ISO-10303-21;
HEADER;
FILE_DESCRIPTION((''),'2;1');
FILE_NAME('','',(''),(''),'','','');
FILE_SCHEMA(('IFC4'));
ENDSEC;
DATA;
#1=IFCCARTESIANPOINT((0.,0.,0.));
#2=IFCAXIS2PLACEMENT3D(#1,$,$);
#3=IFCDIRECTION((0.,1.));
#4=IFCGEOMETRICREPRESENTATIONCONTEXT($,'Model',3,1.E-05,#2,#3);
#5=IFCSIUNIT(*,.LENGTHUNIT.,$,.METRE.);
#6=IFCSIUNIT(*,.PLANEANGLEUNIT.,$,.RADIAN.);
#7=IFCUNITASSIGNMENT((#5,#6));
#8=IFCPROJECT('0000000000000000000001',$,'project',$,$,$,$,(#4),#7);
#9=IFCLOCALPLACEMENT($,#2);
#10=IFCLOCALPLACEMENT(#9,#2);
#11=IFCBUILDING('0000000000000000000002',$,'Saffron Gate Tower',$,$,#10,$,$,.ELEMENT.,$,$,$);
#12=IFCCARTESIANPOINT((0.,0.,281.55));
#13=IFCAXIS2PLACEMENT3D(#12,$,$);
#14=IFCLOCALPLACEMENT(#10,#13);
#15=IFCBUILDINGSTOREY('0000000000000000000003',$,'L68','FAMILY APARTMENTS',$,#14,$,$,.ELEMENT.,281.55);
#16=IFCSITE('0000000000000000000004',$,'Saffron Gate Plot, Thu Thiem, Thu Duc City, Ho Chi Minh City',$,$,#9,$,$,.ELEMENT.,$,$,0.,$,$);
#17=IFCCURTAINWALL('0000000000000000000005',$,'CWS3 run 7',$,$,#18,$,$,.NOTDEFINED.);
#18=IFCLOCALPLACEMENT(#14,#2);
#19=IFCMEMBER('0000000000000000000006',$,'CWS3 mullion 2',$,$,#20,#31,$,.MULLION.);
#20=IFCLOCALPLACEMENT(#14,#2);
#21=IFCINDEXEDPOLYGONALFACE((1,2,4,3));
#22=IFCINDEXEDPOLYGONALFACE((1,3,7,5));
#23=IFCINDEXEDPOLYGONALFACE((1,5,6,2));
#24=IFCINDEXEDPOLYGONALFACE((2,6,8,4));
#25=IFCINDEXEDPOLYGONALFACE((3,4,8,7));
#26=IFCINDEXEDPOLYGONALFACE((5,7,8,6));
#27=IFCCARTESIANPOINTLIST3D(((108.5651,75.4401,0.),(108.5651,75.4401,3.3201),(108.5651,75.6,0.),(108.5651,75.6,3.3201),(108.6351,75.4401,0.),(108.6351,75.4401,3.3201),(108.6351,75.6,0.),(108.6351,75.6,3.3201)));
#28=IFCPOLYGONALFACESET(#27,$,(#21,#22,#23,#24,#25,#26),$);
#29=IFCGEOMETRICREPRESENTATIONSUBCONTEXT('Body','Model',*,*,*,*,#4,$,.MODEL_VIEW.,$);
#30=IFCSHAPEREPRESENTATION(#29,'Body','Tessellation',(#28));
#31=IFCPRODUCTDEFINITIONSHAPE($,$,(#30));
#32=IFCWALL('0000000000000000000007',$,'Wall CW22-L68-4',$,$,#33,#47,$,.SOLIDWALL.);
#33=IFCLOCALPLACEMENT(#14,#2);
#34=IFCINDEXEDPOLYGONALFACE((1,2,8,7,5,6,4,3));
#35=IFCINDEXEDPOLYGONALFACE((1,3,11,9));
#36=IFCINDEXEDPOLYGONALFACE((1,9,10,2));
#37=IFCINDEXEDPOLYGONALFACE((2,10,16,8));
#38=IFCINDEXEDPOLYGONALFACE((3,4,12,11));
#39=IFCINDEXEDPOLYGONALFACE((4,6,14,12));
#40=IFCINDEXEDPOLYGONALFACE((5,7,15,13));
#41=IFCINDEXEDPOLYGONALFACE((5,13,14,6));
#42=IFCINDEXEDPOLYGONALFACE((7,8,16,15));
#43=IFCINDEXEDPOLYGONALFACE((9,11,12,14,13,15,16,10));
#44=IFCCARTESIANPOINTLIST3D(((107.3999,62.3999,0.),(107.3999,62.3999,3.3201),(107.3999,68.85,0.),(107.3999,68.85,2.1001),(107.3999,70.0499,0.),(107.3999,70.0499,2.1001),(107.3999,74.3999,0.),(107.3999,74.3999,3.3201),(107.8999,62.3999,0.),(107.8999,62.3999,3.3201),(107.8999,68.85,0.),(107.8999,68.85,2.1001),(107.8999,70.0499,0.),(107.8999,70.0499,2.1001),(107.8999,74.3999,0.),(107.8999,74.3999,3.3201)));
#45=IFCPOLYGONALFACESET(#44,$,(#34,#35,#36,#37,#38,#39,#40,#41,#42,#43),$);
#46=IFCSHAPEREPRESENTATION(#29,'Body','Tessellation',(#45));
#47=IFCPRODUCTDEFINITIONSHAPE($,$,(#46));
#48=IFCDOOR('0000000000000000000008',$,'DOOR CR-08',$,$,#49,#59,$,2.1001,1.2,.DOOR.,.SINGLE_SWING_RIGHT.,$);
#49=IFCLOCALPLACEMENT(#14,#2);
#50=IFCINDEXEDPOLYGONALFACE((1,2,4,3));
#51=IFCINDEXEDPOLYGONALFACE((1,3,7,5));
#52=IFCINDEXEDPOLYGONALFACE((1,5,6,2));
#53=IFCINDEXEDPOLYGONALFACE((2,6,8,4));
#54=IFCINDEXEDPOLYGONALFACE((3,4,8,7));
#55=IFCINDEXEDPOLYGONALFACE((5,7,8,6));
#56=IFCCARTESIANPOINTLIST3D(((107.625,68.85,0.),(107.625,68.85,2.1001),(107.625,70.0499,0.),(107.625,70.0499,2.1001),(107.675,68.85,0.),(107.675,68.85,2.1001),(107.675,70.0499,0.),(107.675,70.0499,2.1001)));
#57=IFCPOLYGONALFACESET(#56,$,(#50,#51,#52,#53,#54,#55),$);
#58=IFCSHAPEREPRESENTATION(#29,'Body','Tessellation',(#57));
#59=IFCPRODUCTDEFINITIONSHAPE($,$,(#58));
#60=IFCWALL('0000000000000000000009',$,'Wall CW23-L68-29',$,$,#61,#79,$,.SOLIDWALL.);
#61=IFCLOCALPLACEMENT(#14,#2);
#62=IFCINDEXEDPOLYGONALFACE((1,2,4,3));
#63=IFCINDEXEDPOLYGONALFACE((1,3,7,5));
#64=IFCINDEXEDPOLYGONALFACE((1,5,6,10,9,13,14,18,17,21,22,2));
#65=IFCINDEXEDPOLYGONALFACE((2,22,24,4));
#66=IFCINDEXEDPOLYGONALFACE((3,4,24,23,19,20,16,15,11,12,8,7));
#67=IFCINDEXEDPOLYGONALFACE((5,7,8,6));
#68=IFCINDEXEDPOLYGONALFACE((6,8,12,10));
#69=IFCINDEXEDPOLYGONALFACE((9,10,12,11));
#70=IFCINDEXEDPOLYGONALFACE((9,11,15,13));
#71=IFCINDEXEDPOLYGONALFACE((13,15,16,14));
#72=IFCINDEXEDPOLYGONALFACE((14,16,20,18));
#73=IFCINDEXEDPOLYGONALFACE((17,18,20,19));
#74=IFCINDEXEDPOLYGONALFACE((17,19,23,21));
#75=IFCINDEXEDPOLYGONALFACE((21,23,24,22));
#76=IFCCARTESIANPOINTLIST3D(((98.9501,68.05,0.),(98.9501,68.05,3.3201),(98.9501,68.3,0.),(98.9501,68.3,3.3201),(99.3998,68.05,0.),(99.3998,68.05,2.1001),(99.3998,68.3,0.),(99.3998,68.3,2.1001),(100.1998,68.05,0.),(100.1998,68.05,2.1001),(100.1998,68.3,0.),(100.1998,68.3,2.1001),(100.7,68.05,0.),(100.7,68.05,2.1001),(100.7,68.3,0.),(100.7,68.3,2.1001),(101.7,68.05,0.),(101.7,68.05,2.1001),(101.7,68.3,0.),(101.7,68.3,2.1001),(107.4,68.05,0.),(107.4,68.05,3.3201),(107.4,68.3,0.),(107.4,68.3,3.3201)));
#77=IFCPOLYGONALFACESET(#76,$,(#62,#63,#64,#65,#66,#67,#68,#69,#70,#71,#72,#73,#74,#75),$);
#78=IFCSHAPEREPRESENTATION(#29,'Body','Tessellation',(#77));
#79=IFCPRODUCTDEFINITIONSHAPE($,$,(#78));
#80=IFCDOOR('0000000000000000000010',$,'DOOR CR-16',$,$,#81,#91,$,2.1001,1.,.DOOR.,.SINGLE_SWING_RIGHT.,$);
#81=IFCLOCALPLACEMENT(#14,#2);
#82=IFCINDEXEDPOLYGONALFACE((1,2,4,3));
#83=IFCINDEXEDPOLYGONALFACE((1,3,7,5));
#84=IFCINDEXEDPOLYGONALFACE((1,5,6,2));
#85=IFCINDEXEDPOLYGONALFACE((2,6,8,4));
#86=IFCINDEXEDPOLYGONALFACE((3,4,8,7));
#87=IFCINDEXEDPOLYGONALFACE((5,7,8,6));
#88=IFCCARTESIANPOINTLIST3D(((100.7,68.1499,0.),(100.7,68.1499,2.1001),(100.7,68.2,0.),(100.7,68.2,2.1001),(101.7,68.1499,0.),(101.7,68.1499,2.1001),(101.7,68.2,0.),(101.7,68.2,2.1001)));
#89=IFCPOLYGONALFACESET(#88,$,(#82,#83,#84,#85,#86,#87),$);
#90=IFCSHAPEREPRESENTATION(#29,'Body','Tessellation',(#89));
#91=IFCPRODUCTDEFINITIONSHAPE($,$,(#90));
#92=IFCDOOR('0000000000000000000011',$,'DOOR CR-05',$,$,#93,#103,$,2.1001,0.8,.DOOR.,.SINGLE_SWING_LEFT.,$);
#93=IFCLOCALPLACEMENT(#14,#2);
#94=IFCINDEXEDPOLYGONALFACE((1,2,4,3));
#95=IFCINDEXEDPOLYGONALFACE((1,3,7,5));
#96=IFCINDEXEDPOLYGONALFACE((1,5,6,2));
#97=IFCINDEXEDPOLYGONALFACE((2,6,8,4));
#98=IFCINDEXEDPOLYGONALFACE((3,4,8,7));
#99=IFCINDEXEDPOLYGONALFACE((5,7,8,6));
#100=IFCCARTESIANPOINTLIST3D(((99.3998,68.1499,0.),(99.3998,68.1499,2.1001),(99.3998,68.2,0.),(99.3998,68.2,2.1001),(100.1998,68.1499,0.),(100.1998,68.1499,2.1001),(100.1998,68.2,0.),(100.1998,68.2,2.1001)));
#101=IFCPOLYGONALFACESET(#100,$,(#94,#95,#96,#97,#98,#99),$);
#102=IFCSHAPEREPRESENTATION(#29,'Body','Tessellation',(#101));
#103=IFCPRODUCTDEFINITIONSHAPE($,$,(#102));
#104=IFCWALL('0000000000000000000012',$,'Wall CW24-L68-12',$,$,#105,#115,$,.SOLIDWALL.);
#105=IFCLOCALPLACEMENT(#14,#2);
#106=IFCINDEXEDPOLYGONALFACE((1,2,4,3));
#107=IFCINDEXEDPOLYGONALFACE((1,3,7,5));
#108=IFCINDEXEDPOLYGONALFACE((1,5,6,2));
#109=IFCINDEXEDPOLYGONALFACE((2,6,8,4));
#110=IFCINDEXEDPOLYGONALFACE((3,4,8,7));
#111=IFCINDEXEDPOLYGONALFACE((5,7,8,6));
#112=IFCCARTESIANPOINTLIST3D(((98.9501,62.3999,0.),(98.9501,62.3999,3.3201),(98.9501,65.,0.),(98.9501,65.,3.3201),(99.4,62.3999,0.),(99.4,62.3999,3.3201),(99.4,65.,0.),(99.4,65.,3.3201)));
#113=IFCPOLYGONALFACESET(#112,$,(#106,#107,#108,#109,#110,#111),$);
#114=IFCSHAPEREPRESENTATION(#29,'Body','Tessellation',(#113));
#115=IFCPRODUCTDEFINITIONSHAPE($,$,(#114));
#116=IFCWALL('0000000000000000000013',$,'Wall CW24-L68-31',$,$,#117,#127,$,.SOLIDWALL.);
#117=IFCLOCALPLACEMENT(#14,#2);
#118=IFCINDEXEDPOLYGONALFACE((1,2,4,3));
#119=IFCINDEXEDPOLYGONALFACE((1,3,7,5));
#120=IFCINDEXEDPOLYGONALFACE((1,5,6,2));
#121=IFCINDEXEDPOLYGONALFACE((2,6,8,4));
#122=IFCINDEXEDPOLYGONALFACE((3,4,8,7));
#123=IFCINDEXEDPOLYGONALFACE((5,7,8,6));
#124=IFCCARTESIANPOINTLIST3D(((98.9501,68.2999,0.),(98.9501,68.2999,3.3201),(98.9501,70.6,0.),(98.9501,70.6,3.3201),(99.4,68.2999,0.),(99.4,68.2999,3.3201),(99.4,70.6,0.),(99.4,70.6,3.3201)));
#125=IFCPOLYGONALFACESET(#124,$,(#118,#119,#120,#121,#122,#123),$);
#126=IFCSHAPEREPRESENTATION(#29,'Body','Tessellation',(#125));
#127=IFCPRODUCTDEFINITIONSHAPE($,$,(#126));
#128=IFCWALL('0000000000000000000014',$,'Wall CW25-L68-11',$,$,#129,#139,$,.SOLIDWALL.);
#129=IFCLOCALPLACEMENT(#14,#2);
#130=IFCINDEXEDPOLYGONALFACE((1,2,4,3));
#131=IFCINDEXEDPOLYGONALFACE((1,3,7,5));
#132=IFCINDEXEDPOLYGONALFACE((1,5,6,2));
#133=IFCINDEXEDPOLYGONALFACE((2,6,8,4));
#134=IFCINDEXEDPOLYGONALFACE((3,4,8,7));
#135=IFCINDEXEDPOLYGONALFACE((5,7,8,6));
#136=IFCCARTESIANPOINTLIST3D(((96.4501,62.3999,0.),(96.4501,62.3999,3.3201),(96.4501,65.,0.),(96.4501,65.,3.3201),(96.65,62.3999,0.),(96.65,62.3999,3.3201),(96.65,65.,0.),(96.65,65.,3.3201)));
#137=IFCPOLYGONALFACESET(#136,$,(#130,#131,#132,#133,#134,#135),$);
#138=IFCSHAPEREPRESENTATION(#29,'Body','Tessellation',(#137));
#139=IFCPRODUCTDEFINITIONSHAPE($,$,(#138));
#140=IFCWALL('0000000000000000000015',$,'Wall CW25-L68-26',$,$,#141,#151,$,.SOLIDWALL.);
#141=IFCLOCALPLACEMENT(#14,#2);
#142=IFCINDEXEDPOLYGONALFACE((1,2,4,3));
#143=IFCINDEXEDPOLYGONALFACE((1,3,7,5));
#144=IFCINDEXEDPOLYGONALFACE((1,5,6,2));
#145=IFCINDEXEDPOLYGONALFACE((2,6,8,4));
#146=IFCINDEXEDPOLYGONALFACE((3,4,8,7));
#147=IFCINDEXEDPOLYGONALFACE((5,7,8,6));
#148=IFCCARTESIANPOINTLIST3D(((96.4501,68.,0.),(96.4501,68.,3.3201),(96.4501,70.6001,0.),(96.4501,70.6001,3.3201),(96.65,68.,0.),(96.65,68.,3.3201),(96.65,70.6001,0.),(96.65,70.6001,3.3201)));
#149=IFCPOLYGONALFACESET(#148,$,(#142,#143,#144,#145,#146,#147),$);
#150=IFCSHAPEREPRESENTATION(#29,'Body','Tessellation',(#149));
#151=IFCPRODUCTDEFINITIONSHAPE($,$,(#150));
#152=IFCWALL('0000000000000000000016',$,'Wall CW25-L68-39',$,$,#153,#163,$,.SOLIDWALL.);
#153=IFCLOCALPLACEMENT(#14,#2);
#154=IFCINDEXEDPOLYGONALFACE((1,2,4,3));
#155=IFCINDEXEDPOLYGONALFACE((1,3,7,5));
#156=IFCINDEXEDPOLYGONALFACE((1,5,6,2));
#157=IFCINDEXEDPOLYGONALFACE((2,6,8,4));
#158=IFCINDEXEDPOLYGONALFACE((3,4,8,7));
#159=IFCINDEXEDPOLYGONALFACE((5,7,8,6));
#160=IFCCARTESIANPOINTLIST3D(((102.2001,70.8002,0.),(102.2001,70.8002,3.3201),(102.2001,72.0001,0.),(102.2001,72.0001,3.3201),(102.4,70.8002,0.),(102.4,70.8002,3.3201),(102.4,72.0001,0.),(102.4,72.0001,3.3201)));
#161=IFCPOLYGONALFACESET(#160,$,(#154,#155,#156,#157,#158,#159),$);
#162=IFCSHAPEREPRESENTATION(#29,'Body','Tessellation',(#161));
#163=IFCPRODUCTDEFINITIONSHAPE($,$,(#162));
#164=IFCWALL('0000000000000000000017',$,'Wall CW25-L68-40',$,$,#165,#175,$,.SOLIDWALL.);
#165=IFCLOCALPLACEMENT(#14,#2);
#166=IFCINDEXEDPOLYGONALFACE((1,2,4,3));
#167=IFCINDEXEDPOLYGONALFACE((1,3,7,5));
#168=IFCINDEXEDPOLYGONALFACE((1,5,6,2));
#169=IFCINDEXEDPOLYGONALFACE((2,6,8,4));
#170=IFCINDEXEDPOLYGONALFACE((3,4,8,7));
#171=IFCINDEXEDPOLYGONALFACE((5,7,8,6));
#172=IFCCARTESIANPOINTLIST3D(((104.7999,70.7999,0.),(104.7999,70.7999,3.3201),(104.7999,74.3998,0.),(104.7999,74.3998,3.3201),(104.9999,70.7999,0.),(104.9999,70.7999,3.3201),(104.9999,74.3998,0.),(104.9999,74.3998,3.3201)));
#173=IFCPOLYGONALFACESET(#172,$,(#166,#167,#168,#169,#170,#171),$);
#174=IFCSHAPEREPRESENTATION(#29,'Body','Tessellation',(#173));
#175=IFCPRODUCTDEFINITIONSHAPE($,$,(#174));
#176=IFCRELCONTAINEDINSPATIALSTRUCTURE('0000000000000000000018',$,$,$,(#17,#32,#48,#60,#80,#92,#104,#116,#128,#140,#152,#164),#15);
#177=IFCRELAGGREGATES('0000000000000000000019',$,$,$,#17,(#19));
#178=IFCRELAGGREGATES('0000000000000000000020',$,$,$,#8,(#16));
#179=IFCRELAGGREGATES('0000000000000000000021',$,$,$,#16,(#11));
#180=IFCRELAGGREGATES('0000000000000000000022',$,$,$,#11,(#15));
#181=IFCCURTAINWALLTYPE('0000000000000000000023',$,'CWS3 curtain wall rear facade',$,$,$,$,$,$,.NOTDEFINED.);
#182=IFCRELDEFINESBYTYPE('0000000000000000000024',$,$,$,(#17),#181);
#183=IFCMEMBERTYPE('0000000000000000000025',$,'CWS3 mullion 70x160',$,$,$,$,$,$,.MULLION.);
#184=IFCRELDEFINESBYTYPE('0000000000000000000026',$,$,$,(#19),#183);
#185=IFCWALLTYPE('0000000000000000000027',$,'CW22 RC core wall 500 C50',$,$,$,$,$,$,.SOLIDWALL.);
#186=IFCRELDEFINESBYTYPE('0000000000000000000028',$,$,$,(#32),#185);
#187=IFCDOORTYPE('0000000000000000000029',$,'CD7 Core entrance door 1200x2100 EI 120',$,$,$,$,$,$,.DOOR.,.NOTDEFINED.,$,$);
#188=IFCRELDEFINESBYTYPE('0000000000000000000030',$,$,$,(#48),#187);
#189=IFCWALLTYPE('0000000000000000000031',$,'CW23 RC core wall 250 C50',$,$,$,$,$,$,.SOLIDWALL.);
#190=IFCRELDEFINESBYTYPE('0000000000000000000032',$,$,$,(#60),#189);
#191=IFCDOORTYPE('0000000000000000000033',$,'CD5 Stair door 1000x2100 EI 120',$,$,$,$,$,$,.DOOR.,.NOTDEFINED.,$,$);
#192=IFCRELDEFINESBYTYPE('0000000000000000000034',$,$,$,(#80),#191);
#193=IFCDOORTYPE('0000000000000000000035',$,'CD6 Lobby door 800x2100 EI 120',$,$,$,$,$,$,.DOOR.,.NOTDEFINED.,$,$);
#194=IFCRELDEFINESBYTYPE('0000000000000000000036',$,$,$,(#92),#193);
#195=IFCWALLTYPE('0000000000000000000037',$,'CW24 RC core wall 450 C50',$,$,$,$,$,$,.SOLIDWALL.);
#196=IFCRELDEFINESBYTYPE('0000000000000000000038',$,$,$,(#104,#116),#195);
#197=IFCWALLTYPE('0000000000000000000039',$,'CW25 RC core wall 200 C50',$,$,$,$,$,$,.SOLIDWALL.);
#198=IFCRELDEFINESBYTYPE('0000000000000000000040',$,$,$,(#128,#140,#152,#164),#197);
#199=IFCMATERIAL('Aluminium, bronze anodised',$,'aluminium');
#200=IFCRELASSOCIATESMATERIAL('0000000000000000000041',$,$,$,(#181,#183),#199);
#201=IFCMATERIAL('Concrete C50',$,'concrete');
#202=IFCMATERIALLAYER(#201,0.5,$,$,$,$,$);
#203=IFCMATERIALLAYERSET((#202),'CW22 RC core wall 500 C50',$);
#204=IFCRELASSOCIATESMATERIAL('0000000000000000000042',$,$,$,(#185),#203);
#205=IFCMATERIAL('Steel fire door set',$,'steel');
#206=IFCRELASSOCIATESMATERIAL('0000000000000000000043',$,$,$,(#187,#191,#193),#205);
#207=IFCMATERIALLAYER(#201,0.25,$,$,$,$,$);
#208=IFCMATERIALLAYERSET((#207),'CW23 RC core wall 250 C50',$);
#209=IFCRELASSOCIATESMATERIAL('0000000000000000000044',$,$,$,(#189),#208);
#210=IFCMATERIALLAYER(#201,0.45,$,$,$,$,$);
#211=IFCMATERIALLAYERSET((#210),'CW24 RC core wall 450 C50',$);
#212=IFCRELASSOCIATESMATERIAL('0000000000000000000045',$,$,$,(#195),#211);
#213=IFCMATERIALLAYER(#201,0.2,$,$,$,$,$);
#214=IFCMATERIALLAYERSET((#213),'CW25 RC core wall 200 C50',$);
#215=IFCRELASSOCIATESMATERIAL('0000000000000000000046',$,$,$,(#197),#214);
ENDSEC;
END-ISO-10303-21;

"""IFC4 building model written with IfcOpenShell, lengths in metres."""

from ifc_helpers import new_model, si_unit, direction, frame, frame_2d, origin, origin_2d, place, context, subcontext, project, spatial, rectangle, extrude, material, layer, layer_set, material_profile, profile_set, type_object, element, fill, aggregate, save


model = new_model("IFC4")

# Units and contexts
model_context = context("Model", 3, precision=1e-05, world=origin(), true_north=direction((0.0, 1.0)))
body_context = subcontext(model_context, "Body", "Model", "MODEL_VIEW")
ifc_project = project(units=[si_unit("LENGTHUNIT", "METRE"), si_unit("PLANEANGLEUNIT", "RADIAN")], contexts=[model_context])

# Site, building, storey
site_placement = place(None, origin())
site = spatial("IfcSite", under=ifc_project, at=site_placement, Name="Saffron Gate Plot, Thu Thiem, Thu Duc City, Ho Chi Minh City", CompositionType="ELEMENT", RefElevation=0.0)
building_placement = place(site_placement, origin())
building = spatial("IfcBuilding", under=site, at=building_placement, Name="Saffron Gate Tower", CompositionType="ELEMENT")
storey_placement = place(building_placement, frame((0.0, 0.0, 281.55)))
storey = spatial("IfcBuildingStorey", under=building, at=storey_placement, Name="L68", Description="FAMILY APARTMENTS", CompositionType="ELEMENT", Elevation=281.55)

# Curtain wall, member
ifc_material_1 = material(Name="Aluminium, bronze anodised", Category="aluminium")
curtain_wall_type = type_object("IfcCurtainWallType", Name="CWS3 curtain wall rear facade", PredefinedType="NOTDEFINED", material=ifc_material_1)
curtain_wall_placement = place(storey_placement, origin())
curtain_wall = element("IfcCurtainWall", 1, at=curtain_wall_placement, inside=storey, type_object=curtain_wall_type, Name="CWS3 run 7", PredefinedType="NOTDEFINED")
ifc_material_profile = material_profile(ifc_material_1, rectangle(XDim=0.1599, YDim=0.0701, at=origin_2d()))
ifc_profile_set = profile_set([ifc_material_profile], Name="Aluminium, bronze anodised")
member_type = type_object("IfcMemberType", Name="CWS3 mullion 70x160", PredefinedType="MULLION", material=ifc_profile_set)
member_placement = place(storey_placement, frame((108.6001, 75.52, 0.0), z_axis=(0.0, 0.0, 1.0), x_axis=(0.0, -1.0, 0.0)))
member = element("IfcMember", 2, at=member_placement, type_object=member_type, Name="CWS3 mullion 2", PredefinedType="MULLION", context=body_context, shape_type="SweptSolid", body=[
    extrude(rectangle(XDim=0.1599, YDim=0.0701, at=origin_2d()), origin(), (0.0, 0.0, 1.0), 3.3201),
])
aggregate(curtain_wall, [member])

# Wall, opening, door
ifc_material_2 = material(Name="Concrete C50", Category="concrete")
ifc_layer_1 = layer(ifc_material_2, 0.5)
ifc_layer_set_1 = layer_set([ifc_layer_1], Name="CW22 RC core wall 500 C50")
wall_type_1 = type_object("IfcWallType", Name="CW22 RC core wall 500 C50", PredefinedType="SOLIDWALL", material=ifc_layer_set_1)
wall_1_placement = place(storey_placement, frame((107.6499, 62.3999, 0.0), z_axis=(0.0, 0.0, 1.0), x_axis=(0.0, 1.0, 0.0)))
wall_1 = element("IfcWall", 3, at=wall_1_placement, inside=storey, type_object=wall_type_1, Name="Wall CW22-L68-4", PredefinedType="SOLIDWALL", context=body_context, shape_type="SweptSolid", body=[
    extrude(rectangle(XDim=12.0, YDim=0.5, at=frame_2d((6.0, 0.0))), origin(), (0.0, 0.0, 1.0), 3.3201),
])
opening_1_placement = place(wall_1_placement, frame((6.45, 0.0, 0.0)))
opening_1 = element("IfcOpeningElement", 4, at=opening_1_placement, cuts=wall_1, PredefinedType="OPENING", context=body_context, shape_type="SweptSolid", body=[
    extrude(rectangle(XDim=1.2, YDim=2.1001, at=frame_2d((0.6001, 1.05))), frame((0.0, 0.26, 0.0), z_axis=(0.0, -1.0, 0.0), x_axis=(1.0, 0.0, 0.0)), (0.0, 0.0, 1.0), 0.52),
])
ifc_material_3 = material(Name="Steel fire door set", Category="steel")
door_type_1 = type_object("IfcDoorType", Name="CD7 Core entrance door 1200x2100 EI 120", OperationType="NOTDEFINED", PredefinedType="DOOR", material=ifc_material_3)
door_1_placement = place(opening_1_placement, origin())
door_1 = element("IfcDoor", 5, at=door_1_placement, inside=storey, type_object=door_type_1, Name="DOOR CR-08", OperationType="SINGLE_SWING_RIGHT", OverallHeight=2.1001, OverallWidth=1.2, PredefinedType="DOOR", context=body_context, shape_type="SweptSolid", body=[
    extrude(rectangle(XDim=1.2, YDim=2.1001, at=frame_2d((0.6001, 1.05))), frame((0.0, 0.0249, 0.0), z_axis=(0.0, -1.0, 0.0), x_axis=(1.0, 0.0, 0.0)), (0.0, 0.0, 1.0), 0.05),
])
fill(opening_1, door_1)

# Wall, openings, doors
ifc_layer_2 = layer(ifc_material_2, 0.25)
ifc_layer_set_2 = layer_set([ifc_layer_2], Name="CW23 RC core wall 250 C50")
wall_type_2 = type_object("IfcWallType", Name="CW23 RC core wall 250 C50", PredefinedType="SOLIDWALL", material=ifc_layer_set_2)
wall_2_placement = place(storey_placement, frame((98.95, 68.175, 0.0), z_axis=(0.0, 0.0, 1.0), x_axis=(1.0, 0.0, 0.0)))
wall_2 = element("IfcWall", 6, at=wall_2_placement, inside=storey, type_object=wall_type_2, Name="Wall CW23-L68-29", PredefinedType="SOLIDWALL", context=body_context, shape_type="SweptSolid", body=[
    extrude(rectangle(XDim=8.45, YDim=0.25, at=frame_2d((4.2251, 0.0))), origin(), (0.0, 0.0, 1.0), 3.3201),
])
opening_2_placement = place(wall_2_placement, frame((0.45, 0.0, 0.0)))
opening_2 = element("IfcOpeningElement", 7, at=opening_2_placement, cuts=wall_2, PredefinedType="OPENING", context=body_context, shape_type="SweptSolid", body=[
    extrude(rectangle(XDim=0.8, YDim=2.1001, at=frame_2d((0.3999, 1.05))), frame((0.0, 0.135, 0.0), z_axis=(0.0, -1.0, 0.0), x_axis=(1.0, 0.0, 0.0)), (0.0, 0.0, 1.0), 0.27),
])
opening_3_placement = place(wall_2_placement, frame((1.75, 0.0, 0.0)))
opening_3 = element("IfcOpeningElement", 8, at=opening_3_placement, cuts=wall_2, PredefinedType="OPENING", context=body_context, shape_type="SweptSolid", body=[
    extrude(rectangle(XDim=1.0, YDim=2.1001, at=frame_2d((0.5, 1.05))), frame((0.0, 0.135, 0.0), z_axis=(0.0, -1.0, 0.0), x_axis=(1.0, 0.0, 0.0)), (0.0, 0.0, 1.0), 0.27),
])
door_type_2 = type_object("IfcDoorType", Name="CD5 Stair door 1000x2100 EI 120", OperationType="NOTDEFINED", PredefinedType="DOOR", material=ifc_material_3)
door_2_placement = place(opening_3_placement, origin())
door_2 = element("IfcDoor", 9, at=door_2_placement, inside=storey, type_object=door_type_2, Name="DOOR CR-16", OperationType="SINGLE_SWING_RIGHT", OverallHeight=2.1001, OverallWidth=1.0, PredefinedType="DOOR", context=body_context, shape_type="SweptSolid", body=[
    extrude(rectangle(XDim=1.0, YDim=2.1001, at=frame_2d((0.5, 1.05))), frame((0.0, 0.0249, 0.0), z_axis=(0.0, -1.0, 0.0), x_axis=(1.0, 0.0, 0.0)), (0.0, 0.0, 1.0), 0.05),
])
fill(opening_3, door_2)
door_type_3 = type_object("IfcDoorType", Name="CD6 Lobby door 800x2100 EI 120", OperationType="NOTDEFINED", PredefinedType="DOOR", material=ifc_material_3)
door_3_placement = place(opening_2_placement, origin())
door_3 = element("IfcDoor", 10, at=door_3_placement, inside=storey, type_object=door_type_3, Name="DOOR CR-05", OperationType="SINGLE_SWING_LEFT", OverallHeight=2.1001, OverallWidth=0.8, PredefinedType="DOOR", context=body_context, shape_type="SweptSolid", body=[
    extrude(rectangle(XDim=0.8, YDim=2.1001, at=frame_2d((0.3999, 1.05))), frame((0.0, 0.0249, 0.0), z_axis=(0.0, -1.0, 0.0), x_axis=(1.0, 0.0, 0.0)), (0.0, 0.0, 1.0), 0.05),
])
fill(opening_2, door_3)

# Walls
ifc_layer_3 = layer(ifc_material_2, 0.45)
ifc_layer_set_3 = layer_set([ifc_layer_3], Name="CW24 RC core wall 450 C50")
wall_type_3 = type_object("IfcWallType", Name="CW24 RC core wall 450 C50", PredefinedType="SOLIDWALL", material=ifc_layer_set_3)
wall_3_placement = place(storey_placement, frame((99.175, 62.3999, 0.0), z_axis=(0.0, 0.0, 1.0), x_axis=(0.0, 1.0, 0.0)))
element("IfcWall", 11, at=wall_3_placement, inside=storey, type_object=wall_type_3, Name="Wall CW24-L68-12", PredefinedType="SOLIDWALL", context=body_context, shape_type="SweptSolid", body=[
    extrude(rectangle(XDim=2.6001, YDim=0.45, at=frame_2d((1.3, 0.0))), origin(), (0.0, 0.0, 1.0), 3.3201),
])
wall_4_placement = place(storey_placement, frame((99.175, 68.3, 0.0), z_axis=(0.0, 0.0, 1.0), x_axis=(0.0, 1.0, 0.0)))
element("IfcWall", 12, at=wall_4_placement, inside=storey, type_object=wall_type_3, Name="Wall CW24-L68-31", PredefinedType="SOLIDWALL", context=body_context, shape_type="SweptSolid", body=[
    extrude(rectangle(XDim=2.3, YDim=0.45, at=frame_2d((1.1499, 0.0))), origin(), (0.0, 0.0, 1.0), 3.3201),
])
ifc_layer_4 = layer(ifc_material_2, 0.2)
ifc_layer_set_4 = layer_set([ifc_layer_4], Name="CW25 RC core wall 200 C50")
wall_type_4 = type_object("IfcWallType", Name="CW25 RC core wall 200 C50", PredefinedType="SOLIDWALL", material=ifc_layer_set_4)
for number, where, z_axis, x_axis, name in (
    (13, (96.55, 62.3999, 0.0), (0.0, 0.0, 1.0), (0.0, 1.0, 0.0), "Wall CW25-L68-11"),
    (14, (96.55, 68.0, 0.0), (0.0, 0.0, 1.0), (0.0, 1.0, 0.0), "Wall CW25-L68-26"),
):
    element("IfcWall", number, at=place(storey_placement, frame(where, z_axis=z_axis, x_axis=x_axis)), inside=storey, type_object=wall_type_4, Name=name, PredefinedType="SOLIDWALL", context=body_context, shape_type="SweptSolid", body=[
        extrude(rectangle(XDim=2.6001, YDim=0.2, at=frame_2d((1.3, 0.0))), origin(), (0.0, 0.0, 1.0), 3.3201),
    ])
wall_5_placement = place(storey_placement, frame((102.3, 70.8, 0.0), z_axis=(0.0, 0.0, 1.0), x_axis=(0.0, 1.0, 0.0)))
element("IfcWall", 15, at=wall_5_placement, inside=storey, type_object=wall_type_4, Name="Wall CW25-L68-39", PredefinedType="SOLIDWALL", context=body_context, shape_type="SweptSolid", body=[
    extrude(rectangle(XDim=1.2, YDim=0.2, at=frame_2d((0.6001, 0.0))), origin(), (0.0, 0.0, 1.0), 3.3201),
])
wall_6_placement = place(storey_placement, frame((104.8999, 70.8, 0.0), z_axis=(0.0, 0.0, 1.0), x_axis=(0.0, 1.0, 0.0)))
element("IfcWall", 16, at=wall_6_placement, inside=storey, type_object=wall_type_4, Name="Wall CW25-L68-40", PredefinedType="SOLIDWALL", context=body_context, shape_type="SweptSolid", body=[
    extrude(rectangle(XDim=3.5999, YDim=0.2, at=frame_2d((1.7998, 0.0))), origin(), (0.0, 0.0, 1.0), 3.3201),
])

save(model, "model.ifc")
